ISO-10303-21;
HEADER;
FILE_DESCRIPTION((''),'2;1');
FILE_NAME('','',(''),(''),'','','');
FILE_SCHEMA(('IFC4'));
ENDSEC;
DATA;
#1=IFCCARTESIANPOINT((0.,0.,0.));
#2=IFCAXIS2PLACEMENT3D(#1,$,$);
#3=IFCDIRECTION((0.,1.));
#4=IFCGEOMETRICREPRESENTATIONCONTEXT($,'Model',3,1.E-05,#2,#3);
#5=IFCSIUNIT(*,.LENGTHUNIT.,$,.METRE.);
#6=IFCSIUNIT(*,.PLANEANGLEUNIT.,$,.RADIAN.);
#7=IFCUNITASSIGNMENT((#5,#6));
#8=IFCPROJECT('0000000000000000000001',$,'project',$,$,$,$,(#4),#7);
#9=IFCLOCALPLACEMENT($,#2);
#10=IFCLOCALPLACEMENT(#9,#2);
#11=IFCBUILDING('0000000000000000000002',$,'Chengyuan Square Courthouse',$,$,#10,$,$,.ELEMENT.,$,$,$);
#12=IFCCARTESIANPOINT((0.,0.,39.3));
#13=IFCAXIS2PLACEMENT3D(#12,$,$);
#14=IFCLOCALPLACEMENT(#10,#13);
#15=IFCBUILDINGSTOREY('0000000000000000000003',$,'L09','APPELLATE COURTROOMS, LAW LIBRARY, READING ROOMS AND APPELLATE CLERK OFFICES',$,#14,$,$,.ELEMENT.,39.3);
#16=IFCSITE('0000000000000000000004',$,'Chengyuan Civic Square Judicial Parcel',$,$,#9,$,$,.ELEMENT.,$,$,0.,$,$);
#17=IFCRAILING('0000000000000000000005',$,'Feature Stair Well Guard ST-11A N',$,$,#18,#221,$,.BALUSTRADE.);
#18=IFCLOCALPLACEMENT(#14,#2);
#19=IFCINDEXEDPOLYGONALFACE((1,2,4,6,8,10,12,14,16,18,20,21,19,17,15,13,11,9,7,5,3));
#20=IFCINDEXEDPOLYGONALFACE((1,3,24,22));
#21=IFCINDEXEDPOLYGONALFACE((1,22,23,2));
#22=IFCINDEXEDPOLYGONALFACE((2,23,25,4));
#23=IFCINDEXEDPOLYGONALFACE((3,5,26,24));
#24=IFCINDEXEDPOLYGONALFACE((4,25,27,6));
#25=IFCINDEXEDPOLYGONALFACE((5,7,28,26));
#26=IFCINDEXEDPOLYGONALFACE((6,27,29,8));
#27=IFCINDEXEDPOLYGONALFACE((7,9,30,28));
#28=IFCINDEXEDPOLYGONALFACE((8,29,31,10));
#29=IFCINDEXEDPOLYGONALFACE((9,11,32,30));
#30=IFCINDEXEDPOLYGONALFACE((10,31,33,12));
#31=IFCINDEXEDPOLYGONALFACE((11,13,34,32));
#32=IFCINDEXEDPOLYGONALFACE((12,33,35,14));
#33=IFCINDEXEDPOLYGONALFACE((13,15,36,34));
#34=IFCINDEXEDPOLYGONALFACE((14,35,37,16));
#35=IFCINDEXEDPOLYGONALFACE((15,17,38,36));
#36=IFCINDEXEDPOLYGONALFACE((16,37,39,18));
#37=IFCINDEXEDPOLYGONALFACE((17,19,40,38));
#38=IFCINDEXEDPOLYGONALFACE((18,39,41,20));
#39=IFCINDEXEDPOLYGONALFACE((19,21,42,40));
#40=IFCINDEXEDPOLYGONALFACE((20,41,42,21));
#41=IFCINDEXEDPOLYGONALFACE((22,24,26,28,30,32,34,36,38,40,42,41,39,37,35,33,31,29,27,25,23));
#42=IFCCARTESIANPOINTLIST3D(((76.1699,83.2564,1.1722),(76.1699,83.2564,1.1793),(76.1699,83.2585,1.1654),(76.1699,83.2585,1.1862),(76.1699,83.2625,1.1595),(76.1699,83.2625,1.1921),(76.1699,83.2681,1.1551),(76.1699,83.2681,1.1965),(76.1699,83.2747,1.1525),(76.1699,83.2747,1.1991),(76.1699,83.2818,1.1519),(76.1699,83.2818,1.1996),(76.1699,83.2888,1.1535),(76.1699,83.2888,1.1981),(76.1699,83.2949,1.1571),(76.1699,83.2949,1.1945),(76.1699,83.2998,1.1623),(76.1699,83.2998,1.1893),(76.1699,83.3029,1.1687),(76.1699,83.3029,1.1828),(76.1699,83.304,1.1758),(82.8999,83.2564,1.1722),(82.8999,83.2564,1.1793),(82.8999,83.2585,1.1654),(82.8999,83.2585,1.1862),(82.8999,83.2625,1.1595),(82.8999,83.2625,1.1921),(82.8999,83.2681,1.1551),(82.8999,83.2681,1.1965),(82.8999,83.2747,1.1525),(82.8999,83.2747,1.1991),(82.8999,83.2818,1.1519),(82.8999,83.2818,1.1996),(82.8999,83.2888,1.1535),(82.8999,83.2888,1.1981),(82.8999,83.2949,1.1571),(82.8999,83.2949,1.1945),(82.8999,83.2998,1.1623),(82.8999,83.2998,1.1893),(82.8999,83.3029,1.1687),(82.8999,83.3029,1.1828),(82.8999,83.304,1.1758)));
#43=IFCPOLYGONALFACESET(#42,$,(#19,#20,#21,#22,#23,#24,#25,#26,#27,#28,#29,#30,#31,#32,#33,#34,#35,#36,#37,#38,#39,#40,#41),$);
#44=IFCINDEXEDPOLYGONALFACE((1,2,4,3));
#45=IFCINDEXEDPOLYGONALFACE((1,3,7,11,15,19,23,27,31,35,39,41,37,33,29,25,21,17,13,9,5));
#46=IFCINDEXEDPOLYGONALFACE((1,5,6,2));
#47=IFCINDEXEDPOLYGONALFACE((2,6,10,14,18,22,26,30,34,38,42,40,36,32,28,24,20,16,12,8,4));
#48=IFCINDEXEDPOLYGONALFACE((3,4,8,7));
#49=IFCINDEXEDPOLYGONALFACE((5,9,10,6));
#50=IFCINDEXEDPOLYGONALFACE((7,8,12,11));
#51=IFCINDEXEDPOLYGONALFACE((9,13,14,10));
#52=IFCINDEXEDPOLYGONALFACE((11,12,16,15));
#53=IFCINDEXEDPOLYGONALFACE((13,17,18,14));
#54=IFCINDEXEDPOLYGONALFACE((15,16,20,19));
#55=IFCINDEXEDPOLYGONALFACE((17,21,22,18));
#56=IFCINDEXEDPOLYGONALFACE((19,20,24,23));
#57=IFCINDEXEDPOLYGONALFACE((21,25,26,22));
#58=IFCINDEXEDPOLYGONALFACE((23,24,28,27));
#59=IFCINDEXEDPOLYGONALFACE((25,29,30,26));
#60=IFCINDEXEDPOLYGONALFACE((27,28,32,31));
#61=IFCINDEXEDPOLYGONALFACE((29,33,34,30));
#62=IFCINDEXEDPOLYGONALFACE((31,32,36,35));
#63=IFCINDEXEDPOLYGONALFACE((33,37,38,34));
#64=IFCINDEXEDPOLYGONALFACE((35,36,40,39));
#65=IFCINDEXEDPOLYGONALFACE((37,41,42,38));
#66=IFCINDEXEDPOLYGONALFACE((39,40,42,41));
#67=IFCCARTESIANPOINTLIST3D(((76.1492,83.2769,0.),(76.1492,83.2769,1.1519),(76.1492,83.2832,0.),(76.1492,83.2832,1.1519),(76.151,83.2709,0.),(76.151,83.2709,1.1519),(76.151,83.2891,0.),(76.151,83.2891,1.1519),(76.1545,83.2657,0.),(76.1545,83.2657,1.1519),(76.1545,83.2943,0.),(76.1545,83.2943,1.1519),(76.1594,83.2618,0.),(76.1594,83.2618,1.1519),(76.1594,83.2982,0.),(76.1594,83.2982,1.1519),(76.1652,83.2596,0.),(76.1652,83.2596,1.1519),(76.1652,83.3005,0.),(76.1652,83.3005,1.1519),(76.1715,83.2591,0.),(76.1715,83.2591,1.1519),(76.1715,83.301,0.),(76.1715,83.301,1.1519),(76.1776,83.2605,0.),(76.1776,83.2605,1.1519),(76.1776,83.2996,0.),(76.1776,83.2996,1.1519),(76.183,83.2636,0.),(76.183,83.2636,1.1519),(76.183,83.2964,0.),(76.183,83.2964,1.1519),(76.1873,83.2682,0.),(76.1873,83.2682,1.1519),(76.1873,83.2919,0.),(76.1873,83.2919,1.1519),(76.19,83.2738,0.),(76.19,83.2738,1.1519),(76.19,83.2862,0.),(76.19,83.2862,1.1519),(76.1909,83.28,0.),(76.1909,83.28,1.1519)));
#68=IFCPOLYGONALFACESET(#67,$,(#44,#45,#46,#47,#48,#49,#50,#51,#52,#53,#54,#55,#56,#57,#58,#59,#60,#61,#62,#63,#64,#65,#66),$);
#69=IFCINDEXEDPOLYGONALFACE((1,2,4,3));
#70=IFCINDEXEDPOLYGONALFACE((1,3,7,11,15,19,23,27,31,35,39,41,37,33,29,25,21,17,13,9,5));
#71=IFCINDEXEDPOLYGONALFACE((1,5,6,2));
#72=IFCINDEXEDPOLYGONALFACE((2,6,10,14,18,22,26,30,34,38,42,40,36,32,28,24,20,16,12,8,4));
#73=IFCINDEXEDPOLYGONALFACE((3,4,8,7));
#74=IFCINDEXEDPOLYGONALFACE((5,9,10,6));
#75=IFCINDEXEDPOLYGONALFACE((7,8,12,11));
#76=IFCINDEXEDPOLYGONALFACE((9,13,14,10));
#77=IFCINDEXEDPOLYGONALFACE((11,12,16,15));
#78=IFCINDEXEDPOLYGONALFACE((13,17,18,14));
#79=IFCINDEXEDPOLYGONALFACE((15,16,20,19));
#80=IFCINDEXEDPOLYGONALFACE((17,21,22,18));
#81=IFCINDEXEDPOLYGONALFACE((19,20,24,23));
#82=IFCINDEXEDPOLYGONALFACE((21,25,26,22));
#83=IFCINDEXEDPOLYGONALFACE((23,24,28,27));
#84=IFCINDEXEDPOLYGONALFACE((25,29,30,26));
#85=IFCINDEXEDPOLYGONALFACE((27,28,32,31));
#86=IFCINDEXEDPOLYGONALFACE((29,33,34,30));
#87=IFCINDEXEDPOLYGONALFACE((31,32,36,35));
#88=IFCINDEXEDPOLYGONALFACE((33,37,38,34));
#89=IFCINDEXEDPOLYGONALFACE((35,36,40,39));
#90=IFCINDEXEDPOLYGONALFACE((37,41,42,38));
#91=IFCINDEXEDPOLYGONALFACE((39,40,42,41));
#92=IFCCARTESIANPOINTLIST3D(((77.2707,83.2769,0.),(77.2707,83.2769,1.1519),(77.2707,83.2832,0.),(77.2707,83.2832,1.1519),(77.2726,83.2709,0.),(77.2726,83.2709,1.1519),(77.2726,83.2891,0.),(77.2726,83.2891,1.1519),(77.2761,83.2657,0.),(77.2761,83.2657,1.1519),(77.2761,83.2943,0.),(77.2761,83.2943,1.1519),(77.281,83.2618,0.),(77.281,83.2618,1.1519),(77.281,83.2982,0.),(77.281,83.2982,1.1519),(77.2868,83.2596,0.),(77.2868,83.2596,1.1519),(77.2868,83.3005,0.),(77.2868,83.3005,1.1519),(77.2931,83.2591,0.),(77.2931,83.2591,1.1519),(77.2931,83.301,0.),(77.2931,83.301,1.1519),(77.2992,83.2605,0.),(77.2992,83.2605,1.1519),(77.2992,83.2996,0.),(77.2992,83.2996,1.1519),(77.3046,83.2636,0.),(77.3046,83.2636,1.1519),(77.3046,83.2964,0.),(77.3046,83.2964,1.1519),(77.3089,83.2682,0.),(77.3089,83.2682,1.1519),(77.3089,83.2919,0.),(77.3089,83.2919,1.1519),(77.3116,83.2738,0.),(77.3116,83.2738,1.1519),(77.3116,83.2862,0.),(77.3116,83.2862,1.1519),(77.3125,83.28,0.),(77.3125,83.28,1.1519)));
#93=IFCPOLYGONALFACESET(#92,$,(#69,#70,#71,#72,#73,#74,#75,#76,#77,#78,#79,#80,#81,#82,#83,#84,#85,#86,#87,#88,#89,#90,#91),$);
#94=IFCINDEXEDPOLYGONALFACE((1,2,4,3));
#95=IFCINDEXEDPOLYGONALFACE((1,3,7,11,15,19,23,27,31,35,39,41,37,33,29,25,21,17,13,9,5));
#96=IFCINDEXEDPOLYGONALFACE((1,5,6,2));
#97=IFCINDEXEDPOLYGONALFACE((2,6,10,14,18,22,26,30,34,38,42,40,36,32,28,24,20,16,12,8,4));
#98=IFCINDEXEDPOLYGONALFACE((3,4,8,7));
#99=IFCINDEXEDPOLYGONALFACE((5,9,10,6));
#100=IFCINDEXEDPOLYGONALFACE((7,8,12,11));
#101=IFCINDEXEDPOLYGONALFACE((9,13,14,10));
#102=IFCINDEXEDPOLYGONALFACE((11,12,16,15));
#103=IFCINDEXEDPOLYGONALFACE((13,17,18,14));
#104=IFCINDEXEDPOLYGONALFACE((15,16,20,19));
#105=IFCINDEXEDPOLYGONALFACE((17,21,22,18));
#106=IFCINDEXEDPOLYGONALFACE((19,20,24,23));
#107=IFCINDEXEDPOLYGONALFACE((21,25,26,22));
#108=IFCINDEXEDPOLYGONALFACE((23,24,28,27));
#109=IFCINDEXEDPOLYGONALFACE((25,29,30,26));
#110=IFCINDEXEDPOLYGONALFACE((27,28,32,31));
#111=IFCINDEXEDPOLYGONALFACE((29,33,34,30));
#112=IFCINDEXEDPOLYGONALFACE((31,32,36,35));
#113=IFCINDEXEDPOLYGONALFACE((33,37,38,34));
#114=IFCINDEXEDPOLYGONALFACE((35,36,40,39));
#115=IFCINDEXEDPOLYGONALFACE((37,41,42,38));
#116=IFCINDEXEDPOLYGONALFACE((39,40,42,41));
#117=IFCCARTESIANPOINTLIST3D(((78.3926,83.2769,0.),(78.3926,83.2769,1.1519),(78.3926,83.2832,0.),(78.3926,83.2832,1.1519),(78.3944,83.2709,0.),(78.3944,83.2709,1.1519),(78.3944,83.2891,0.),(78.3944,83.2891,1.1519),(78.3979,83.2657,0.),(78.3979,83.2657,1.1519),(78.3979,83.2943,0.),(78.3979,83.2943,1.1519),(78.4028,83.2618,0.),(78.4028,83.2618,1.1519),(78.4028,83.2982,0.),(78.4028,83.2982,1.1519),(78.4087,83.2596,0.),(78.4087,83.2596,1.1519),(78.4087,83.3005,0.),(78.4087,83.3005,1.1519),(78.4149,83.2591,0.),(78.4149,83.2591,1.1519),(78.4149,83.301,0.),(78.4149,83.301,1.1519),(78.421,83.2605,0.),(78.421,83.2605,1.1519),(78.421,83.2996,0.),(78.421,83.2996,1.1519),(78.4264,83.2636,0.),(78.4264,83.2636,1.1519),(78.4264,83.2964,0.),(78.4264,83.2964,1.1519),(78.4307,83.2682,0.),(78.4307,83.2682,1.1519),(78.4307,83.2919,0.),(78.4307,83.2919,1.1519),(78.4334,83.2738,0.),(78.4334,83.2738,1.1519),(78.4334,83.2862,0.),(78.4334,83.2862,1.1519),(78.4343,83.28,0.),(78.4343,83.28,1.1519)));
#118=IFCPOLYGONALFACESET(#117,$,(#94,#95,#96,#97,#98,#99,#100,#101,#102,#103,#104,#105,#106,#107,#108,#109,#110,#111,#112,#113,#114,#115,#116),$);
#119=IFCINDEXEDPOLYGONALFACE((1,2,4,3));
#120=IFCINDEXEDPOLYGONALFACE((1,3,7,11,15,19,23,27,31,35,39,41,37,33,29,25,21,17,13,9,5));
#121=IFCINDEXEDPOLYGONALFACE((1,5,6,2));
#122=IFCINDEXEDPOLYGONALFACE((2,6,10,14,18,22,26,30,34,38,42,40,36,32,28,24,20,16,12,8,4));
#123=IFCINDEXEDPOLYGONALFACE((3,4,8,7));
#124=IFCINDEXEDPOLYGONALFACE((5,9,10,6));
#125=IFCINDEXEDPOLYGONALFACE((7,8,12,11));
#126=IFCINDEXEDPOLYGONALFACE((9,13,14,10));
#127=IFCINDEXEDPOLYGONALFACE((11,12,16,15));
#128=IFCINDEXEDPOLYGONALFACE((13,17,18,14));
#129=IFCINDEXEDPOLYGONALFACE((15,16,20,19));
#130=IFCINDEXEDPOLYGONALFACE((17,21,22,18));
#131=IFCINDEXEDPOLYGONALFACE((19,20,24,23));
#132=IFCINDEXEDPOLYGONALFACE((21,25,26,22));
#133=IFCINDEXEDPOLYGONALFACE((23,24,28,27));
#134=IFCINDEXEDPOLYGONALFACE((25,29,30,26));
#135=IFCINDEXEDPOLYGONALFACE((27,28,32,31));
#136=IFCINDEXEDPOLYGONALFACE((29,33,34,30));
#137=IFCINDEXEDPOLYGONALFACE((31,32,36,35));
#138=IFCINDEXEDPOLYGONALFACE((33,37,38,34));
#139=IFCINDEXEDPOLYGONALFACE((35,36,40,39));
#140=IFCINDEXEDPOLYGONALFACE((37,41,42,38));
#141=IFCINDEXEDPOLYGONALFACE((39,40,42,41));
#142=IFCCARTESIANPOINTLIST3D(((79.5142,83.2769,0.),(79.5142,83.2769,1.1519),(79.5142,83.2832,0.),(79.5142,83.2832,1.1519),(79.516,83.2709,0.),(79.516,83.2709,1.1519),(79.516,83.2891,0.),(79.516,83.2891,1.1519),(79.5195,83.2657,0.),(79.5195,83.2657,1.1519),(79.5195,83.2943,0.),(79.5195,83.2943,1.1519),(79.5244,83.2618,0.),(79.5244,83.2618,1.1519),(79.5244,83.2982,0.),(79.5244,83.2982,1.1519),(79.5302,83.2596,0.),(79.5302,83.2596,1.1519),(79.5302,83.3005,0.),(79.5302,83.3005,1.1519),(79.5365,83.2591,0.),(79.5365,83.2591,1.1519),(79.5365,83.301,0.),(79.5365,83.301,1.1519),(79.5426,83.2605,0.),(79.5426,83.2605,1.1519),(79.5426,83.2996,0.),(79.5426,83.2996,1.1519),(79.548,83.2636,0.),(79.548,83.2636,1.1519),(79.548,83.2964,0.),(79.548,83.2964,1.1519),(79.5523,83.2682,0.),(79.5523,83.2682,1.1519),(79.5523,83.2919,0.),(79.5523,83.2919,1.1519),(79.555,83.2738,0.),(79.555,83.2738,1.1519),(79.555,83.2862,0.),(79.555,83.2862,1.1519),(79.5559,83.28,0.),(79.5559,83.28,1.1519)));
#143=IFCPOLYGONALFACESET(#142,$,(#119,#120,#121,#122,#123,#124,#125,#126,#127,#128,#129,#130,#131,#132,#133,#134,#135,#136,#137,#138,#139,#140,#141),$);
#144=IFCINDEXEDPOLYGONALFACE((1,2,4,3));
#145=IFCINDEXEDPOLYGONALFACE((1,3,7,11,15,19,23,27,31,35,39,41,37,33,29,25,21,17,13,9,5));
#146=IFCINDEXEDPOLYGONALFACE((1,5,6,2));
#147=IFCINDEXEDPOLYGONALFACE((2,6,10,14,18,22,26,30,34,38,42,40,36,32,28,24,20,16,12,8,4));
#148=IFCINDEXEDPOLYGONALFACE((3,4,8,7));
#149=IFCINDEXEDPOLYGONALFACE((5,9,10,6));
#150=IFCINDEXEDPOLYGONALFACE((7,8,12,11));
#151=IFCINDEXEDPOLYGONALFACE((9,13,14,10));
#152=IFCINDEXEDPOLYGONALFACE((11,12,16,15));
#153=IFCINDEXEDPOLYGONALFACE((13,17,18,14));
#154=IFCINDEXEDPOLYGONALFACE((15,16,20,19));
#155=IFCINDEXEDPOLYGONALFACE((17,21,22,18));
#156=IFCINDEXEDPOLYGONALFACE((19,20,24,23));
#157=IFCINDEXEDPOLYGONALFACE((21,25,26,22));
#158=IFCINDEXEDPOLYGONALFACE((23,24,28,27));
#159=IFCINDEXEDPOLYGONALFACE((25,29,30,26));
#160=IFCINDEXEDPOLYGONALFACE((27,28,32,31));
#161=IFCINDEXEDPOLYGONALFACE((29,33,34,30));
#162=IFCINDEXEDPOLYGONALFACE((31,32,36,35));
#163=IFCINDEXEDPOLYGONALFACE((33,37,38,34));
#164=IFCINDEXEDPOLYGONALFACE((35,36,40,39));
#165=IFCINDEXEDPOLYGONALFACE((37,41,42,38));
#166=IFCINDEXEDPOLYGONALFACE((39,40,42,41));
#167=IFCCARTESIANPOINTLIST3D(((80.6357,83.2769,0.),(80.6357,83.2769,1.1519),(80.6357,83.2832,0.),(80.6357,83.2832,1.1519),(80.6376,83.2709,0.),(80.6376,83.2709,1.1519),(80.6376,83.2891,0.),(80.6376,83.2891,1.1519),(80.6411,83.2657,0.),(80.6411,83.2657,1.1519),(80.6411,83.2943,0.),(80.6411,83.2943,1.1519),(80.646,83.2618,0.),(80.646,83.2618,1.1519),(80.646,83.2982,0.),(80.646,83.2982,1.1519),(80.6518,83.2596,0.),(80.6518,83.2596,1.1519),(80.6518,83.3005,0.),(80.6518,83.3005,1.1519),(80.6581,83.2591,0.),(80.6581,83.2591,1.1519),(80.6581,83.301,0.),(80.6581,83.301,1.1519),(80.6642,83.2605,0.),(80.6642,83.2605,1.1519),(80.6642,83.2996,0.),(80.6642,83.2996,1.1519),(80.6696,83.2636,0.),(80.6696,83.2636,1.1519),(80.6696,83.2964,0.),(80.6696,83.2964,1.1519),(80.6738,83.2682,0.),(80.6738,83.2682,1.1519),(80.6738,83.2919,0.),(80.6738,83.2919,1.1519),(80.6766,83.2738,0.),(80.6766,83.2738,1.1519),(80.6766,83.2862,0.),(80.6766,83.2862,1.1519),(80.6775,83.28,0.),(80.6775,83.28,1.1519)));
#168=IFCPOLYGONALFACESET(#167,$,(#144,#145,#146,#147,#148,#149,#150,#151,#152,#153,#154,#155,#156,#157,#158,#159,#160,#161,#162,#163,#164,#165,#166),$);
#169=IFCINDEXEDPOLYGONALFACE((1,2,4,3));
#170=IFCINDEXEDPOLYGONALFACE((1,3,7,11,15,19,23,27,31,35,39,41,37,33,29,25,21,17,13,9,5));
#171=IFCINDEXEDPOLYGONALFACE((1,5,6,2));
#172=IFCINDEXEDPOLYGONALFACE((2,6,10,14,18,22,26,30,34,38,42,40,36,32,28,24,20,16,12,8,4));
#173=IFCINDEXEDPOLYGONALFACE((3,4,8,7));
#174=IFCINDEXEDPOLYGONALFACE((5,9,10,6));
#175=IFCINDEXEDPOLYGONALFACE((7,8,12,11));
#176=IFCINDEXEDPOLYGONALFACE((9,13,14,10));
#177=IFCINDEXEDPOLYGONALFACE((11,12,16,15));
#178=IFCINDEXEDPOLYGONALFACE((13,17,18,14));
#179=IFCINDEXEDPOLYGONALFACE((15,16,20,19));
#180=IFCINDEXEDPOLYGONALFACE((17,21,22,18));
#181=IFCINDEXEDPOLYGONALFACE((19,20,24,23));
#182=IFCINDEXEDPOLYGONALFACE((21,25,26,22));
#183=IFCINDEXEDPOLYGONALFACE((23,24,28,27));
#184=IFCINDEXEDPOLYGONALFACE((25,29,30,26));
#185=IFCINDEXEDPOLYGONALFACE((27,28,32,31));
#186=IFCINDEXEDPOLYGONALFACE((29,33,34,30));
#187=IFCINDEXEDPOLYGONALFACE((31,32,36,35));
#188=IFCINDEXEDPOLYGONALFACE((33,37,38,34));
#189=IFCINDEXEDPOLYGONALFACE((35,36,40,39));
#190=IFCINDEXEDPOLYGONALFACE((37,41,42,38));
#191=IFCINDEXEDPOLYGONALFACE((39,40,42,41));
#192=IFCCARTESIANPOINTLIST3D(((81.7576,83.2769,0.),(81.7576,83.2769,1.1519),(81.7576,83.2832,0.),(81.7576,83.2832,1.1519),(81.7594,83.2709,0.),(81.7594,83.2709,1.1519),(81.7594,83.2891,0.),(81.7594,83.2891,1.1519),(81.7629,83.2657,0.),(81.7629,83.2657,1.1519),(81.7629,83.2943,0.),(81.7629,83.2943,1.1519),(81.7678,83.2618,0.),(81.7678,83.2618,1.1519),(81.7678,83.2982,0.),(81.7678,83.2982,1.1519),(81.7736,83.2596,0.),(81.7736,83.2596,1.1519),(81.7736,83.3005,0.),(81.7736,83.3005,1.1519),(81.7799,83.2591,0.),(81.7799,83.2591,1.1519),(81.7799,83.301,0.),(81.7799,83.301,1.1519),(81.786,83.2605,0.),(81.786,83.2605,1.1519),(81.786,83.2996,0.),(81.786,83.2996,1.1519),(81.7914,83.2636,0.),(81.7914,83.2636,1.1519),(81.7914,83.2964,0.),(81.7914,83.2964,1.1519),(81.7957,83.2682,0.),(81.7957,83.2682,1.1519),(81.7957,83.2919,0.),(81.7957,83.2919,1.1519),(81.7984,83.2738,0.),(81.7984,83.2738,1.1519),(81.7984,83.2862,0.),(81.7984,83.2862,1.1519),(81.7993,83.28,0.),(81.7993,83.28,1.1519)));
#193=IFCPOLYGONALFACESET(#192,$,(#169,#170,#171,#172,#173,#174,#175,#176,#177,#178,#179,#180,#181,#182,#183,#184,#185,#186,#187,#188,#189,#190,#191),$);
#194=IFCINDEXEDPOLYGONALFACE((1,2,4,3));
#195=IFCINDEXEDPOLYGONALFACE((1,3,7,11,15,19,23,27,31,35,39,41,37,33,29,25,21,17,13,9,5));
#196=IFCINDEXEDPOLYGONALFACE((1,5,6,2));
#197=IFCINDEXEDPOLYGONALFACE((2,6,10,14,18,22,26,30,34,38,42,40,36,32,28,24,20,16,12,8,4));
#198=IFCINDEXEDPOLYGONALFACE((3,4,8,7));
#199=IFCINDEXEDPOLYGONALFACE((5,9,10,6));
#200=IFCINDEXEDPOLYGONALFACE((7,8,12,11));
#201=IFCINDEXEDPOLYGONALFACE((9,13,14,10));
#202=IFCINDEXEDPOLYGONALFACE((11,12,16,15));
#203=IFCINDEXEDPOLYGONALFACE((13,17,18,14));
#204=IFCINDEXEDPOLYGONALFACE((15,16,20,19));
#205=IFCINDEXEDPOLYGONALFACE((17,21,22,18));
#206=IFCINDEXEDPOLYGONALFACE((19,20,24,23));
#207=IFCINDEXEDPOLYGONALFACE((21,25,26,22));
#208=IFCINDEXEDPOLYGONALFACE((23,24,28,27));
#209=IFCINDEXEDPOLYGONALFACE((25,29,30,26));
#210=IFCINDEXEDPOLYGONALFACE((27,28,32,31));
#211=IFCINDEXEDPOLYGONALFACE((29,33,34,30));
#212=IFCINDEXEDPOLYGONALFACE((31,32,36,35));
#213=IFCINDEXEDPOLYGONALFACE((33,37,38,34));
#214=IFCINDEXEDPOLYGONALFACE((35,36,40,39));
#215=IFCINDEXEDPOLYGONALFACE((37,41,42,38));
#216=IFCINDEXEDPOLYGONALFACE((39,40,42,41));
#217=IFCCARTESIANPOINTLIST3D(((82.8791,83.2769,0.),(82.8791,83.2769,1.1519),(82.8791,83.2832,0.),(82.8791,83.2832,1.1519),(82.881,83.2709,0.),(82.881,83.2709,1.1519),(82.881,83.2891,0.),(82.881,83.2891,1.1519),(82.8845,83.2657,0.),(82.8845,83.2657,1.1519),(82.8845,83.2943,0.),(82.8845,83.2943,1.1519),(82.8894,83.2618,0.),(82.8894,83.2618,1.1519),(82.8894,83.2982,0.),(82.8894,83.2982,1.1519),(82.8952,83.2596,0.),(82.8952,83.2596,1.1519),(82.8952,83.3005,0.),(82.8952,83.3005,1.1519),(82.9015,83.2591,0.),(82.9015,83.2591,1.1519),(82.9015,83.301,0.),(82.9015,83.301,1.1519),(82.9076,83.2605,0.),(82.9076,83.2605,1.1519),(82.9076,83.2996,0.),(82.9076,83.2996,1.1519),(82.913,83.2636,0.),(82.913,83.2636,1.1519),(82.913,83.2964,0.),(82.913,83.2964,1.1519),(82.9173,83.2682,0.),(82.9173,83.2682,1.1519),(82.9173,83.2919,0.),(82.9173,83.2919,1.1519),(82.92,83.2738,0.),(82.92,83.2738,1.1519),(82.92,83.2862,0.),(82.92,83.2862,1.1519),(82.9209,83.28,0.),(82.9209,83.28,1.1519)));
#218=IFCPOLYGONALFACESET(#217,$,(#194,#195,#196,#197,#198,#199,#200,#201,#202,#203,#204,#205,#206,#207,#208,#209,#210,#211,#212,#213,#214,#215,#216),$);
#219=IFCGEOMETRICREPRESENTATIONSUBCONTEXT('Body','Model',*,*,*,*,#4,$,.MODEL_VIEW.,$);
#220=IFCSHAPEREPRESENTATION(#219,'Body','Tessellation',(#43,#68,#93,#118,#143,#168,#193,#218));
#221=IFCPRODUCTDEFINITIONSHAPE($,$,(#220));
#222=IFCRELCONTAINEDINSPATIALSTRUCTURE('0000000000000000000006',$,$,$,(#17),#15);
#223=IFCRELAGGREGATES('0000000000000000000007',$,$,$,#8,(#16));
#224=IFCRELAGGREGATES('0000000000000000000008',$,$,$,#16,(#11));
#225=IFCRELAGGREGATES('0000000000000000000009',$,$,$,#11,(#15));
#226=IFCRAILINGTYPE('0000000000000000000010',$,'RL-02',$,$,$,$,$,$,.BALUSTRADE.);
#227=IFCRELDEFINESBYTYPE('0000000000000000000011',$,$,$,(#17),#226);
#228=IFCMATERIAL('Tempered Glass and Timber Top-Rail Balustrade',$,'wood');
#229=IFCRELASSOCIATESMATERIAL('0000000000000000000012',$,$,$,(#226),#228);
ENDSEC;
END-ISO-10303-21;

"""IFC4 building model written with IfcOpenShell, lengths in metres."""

from ifc_helpers import new_model, si_unit, direction, frame, origin, origin_2d, place, context, subcontext, project, spatial, circle, extrude, material, type_object, element, save


model = new_model("IFC4")

# Units and contexts
model_context = context("Model", 3, precision=1e-05, world=origin(), true_north=direction((0.0, 1.0)))
body_context = subcontext(model_context, "Body", "Model", "MODEL_VIEW")
ifc_project = project(units=[si_unit("LENGTHUNIT", "METRE"), si_unit("PLANEANGLEUNIT", "RADIAN")], contexts=[model_context])

# Site, building, storey
site_placement = place(None, origin())
site = spatial("IfcSite", under=ifc_project, at=site_placement, Name="Chengyuan Civic Square Judicial Parcel", CompositionType="ELEMENT", RefElevation=0.0)
building_placement = place(site_placement, origin())
building = spatial("IfcBuilding", under=site, at=building_placement, Name="Chengyuan Square Courthouse", CompositionType="ELEMENT")
storey_placement = place(building_placement, frame((0.0, 0.0, 39.3)))
storey = spatial("IfcBuildingStorey", under=building, at=storey_placement, Name="L09", Description="APPELLATE COURTROOMS, LAW LIBRARY, READING ROOMS AND APPELLATE CLERK OFFICES", CompositionType="ELEMENT", Elevation=39.3)

# Railing
ifc_material_1 = material(Name="Tempered Glass and Timber Top-Rail Balustrade", Category="wood")
railing_type = type_object("IfcRailingType", Name="RL-02", PredefinedType="BALUSTRADE", material=ifc_material_1)
railing_1_placement = place(storey_placement, frame((76.1699, 83.28, 0.0)))
element("IfcRailing", 1, at=railing_1_placement, inside=storey, type_object=railing_type, Name="Feature Stair Well Guard ST-11A N", PredefinedType="BALUSTRADE", context=body_context, shape_type="SweptSolid", body=[
    extrude(circle(Radius=0.0239, at=origin_2d()), frame((0.0, 0.0, 1.1758), z_axis=(1.0, 0.0, 0.0), x_axis=(0.0, 1.0, 0.0)), (0.0, 0.0, 1.0), 6.73),
    extrude(circle(Radius=0.021, at=origin_2d()), origin(), (0.0, 0.0, 1.0), 1.1519),
    extrude(circle(Radius=0.021, at=origin_2d()), frame((1.1216, 0.0, 0.0)), (0.0, 0.0, 1.0), 1.1519),
    extrude(circle(Radius=0.021, at=origin_2d()), frame((2.2434, 0.0, 0.0)), (0.0, 0.0, 1.0), 1.1519),
    extrude(circle(Radius=0.021, at=origin_2d()), frame((3.365, 0.0, 0.0)), (0.0, 0.0, 1.0), 1.1519),
    extrude(circle(Radius=0.021, at=origin_2d()), frame((4.4866, 0.0, 0.0)), (0.0, 0.0, 1.0), 1.1519),
    extrude(circle(Radius=0.021, at=origin_2d()), frame((5.6084, 0.0, 0.0)), (0.0, 0.0, 1.0), 1.1519),
    extrude(circle(Radius=0.021, at=origin_2d()), frame((6.73, 0.0, 0.0)), (0.0, 0.0, 1.0), 1.1519),
])

save(model, "model.ifc")
